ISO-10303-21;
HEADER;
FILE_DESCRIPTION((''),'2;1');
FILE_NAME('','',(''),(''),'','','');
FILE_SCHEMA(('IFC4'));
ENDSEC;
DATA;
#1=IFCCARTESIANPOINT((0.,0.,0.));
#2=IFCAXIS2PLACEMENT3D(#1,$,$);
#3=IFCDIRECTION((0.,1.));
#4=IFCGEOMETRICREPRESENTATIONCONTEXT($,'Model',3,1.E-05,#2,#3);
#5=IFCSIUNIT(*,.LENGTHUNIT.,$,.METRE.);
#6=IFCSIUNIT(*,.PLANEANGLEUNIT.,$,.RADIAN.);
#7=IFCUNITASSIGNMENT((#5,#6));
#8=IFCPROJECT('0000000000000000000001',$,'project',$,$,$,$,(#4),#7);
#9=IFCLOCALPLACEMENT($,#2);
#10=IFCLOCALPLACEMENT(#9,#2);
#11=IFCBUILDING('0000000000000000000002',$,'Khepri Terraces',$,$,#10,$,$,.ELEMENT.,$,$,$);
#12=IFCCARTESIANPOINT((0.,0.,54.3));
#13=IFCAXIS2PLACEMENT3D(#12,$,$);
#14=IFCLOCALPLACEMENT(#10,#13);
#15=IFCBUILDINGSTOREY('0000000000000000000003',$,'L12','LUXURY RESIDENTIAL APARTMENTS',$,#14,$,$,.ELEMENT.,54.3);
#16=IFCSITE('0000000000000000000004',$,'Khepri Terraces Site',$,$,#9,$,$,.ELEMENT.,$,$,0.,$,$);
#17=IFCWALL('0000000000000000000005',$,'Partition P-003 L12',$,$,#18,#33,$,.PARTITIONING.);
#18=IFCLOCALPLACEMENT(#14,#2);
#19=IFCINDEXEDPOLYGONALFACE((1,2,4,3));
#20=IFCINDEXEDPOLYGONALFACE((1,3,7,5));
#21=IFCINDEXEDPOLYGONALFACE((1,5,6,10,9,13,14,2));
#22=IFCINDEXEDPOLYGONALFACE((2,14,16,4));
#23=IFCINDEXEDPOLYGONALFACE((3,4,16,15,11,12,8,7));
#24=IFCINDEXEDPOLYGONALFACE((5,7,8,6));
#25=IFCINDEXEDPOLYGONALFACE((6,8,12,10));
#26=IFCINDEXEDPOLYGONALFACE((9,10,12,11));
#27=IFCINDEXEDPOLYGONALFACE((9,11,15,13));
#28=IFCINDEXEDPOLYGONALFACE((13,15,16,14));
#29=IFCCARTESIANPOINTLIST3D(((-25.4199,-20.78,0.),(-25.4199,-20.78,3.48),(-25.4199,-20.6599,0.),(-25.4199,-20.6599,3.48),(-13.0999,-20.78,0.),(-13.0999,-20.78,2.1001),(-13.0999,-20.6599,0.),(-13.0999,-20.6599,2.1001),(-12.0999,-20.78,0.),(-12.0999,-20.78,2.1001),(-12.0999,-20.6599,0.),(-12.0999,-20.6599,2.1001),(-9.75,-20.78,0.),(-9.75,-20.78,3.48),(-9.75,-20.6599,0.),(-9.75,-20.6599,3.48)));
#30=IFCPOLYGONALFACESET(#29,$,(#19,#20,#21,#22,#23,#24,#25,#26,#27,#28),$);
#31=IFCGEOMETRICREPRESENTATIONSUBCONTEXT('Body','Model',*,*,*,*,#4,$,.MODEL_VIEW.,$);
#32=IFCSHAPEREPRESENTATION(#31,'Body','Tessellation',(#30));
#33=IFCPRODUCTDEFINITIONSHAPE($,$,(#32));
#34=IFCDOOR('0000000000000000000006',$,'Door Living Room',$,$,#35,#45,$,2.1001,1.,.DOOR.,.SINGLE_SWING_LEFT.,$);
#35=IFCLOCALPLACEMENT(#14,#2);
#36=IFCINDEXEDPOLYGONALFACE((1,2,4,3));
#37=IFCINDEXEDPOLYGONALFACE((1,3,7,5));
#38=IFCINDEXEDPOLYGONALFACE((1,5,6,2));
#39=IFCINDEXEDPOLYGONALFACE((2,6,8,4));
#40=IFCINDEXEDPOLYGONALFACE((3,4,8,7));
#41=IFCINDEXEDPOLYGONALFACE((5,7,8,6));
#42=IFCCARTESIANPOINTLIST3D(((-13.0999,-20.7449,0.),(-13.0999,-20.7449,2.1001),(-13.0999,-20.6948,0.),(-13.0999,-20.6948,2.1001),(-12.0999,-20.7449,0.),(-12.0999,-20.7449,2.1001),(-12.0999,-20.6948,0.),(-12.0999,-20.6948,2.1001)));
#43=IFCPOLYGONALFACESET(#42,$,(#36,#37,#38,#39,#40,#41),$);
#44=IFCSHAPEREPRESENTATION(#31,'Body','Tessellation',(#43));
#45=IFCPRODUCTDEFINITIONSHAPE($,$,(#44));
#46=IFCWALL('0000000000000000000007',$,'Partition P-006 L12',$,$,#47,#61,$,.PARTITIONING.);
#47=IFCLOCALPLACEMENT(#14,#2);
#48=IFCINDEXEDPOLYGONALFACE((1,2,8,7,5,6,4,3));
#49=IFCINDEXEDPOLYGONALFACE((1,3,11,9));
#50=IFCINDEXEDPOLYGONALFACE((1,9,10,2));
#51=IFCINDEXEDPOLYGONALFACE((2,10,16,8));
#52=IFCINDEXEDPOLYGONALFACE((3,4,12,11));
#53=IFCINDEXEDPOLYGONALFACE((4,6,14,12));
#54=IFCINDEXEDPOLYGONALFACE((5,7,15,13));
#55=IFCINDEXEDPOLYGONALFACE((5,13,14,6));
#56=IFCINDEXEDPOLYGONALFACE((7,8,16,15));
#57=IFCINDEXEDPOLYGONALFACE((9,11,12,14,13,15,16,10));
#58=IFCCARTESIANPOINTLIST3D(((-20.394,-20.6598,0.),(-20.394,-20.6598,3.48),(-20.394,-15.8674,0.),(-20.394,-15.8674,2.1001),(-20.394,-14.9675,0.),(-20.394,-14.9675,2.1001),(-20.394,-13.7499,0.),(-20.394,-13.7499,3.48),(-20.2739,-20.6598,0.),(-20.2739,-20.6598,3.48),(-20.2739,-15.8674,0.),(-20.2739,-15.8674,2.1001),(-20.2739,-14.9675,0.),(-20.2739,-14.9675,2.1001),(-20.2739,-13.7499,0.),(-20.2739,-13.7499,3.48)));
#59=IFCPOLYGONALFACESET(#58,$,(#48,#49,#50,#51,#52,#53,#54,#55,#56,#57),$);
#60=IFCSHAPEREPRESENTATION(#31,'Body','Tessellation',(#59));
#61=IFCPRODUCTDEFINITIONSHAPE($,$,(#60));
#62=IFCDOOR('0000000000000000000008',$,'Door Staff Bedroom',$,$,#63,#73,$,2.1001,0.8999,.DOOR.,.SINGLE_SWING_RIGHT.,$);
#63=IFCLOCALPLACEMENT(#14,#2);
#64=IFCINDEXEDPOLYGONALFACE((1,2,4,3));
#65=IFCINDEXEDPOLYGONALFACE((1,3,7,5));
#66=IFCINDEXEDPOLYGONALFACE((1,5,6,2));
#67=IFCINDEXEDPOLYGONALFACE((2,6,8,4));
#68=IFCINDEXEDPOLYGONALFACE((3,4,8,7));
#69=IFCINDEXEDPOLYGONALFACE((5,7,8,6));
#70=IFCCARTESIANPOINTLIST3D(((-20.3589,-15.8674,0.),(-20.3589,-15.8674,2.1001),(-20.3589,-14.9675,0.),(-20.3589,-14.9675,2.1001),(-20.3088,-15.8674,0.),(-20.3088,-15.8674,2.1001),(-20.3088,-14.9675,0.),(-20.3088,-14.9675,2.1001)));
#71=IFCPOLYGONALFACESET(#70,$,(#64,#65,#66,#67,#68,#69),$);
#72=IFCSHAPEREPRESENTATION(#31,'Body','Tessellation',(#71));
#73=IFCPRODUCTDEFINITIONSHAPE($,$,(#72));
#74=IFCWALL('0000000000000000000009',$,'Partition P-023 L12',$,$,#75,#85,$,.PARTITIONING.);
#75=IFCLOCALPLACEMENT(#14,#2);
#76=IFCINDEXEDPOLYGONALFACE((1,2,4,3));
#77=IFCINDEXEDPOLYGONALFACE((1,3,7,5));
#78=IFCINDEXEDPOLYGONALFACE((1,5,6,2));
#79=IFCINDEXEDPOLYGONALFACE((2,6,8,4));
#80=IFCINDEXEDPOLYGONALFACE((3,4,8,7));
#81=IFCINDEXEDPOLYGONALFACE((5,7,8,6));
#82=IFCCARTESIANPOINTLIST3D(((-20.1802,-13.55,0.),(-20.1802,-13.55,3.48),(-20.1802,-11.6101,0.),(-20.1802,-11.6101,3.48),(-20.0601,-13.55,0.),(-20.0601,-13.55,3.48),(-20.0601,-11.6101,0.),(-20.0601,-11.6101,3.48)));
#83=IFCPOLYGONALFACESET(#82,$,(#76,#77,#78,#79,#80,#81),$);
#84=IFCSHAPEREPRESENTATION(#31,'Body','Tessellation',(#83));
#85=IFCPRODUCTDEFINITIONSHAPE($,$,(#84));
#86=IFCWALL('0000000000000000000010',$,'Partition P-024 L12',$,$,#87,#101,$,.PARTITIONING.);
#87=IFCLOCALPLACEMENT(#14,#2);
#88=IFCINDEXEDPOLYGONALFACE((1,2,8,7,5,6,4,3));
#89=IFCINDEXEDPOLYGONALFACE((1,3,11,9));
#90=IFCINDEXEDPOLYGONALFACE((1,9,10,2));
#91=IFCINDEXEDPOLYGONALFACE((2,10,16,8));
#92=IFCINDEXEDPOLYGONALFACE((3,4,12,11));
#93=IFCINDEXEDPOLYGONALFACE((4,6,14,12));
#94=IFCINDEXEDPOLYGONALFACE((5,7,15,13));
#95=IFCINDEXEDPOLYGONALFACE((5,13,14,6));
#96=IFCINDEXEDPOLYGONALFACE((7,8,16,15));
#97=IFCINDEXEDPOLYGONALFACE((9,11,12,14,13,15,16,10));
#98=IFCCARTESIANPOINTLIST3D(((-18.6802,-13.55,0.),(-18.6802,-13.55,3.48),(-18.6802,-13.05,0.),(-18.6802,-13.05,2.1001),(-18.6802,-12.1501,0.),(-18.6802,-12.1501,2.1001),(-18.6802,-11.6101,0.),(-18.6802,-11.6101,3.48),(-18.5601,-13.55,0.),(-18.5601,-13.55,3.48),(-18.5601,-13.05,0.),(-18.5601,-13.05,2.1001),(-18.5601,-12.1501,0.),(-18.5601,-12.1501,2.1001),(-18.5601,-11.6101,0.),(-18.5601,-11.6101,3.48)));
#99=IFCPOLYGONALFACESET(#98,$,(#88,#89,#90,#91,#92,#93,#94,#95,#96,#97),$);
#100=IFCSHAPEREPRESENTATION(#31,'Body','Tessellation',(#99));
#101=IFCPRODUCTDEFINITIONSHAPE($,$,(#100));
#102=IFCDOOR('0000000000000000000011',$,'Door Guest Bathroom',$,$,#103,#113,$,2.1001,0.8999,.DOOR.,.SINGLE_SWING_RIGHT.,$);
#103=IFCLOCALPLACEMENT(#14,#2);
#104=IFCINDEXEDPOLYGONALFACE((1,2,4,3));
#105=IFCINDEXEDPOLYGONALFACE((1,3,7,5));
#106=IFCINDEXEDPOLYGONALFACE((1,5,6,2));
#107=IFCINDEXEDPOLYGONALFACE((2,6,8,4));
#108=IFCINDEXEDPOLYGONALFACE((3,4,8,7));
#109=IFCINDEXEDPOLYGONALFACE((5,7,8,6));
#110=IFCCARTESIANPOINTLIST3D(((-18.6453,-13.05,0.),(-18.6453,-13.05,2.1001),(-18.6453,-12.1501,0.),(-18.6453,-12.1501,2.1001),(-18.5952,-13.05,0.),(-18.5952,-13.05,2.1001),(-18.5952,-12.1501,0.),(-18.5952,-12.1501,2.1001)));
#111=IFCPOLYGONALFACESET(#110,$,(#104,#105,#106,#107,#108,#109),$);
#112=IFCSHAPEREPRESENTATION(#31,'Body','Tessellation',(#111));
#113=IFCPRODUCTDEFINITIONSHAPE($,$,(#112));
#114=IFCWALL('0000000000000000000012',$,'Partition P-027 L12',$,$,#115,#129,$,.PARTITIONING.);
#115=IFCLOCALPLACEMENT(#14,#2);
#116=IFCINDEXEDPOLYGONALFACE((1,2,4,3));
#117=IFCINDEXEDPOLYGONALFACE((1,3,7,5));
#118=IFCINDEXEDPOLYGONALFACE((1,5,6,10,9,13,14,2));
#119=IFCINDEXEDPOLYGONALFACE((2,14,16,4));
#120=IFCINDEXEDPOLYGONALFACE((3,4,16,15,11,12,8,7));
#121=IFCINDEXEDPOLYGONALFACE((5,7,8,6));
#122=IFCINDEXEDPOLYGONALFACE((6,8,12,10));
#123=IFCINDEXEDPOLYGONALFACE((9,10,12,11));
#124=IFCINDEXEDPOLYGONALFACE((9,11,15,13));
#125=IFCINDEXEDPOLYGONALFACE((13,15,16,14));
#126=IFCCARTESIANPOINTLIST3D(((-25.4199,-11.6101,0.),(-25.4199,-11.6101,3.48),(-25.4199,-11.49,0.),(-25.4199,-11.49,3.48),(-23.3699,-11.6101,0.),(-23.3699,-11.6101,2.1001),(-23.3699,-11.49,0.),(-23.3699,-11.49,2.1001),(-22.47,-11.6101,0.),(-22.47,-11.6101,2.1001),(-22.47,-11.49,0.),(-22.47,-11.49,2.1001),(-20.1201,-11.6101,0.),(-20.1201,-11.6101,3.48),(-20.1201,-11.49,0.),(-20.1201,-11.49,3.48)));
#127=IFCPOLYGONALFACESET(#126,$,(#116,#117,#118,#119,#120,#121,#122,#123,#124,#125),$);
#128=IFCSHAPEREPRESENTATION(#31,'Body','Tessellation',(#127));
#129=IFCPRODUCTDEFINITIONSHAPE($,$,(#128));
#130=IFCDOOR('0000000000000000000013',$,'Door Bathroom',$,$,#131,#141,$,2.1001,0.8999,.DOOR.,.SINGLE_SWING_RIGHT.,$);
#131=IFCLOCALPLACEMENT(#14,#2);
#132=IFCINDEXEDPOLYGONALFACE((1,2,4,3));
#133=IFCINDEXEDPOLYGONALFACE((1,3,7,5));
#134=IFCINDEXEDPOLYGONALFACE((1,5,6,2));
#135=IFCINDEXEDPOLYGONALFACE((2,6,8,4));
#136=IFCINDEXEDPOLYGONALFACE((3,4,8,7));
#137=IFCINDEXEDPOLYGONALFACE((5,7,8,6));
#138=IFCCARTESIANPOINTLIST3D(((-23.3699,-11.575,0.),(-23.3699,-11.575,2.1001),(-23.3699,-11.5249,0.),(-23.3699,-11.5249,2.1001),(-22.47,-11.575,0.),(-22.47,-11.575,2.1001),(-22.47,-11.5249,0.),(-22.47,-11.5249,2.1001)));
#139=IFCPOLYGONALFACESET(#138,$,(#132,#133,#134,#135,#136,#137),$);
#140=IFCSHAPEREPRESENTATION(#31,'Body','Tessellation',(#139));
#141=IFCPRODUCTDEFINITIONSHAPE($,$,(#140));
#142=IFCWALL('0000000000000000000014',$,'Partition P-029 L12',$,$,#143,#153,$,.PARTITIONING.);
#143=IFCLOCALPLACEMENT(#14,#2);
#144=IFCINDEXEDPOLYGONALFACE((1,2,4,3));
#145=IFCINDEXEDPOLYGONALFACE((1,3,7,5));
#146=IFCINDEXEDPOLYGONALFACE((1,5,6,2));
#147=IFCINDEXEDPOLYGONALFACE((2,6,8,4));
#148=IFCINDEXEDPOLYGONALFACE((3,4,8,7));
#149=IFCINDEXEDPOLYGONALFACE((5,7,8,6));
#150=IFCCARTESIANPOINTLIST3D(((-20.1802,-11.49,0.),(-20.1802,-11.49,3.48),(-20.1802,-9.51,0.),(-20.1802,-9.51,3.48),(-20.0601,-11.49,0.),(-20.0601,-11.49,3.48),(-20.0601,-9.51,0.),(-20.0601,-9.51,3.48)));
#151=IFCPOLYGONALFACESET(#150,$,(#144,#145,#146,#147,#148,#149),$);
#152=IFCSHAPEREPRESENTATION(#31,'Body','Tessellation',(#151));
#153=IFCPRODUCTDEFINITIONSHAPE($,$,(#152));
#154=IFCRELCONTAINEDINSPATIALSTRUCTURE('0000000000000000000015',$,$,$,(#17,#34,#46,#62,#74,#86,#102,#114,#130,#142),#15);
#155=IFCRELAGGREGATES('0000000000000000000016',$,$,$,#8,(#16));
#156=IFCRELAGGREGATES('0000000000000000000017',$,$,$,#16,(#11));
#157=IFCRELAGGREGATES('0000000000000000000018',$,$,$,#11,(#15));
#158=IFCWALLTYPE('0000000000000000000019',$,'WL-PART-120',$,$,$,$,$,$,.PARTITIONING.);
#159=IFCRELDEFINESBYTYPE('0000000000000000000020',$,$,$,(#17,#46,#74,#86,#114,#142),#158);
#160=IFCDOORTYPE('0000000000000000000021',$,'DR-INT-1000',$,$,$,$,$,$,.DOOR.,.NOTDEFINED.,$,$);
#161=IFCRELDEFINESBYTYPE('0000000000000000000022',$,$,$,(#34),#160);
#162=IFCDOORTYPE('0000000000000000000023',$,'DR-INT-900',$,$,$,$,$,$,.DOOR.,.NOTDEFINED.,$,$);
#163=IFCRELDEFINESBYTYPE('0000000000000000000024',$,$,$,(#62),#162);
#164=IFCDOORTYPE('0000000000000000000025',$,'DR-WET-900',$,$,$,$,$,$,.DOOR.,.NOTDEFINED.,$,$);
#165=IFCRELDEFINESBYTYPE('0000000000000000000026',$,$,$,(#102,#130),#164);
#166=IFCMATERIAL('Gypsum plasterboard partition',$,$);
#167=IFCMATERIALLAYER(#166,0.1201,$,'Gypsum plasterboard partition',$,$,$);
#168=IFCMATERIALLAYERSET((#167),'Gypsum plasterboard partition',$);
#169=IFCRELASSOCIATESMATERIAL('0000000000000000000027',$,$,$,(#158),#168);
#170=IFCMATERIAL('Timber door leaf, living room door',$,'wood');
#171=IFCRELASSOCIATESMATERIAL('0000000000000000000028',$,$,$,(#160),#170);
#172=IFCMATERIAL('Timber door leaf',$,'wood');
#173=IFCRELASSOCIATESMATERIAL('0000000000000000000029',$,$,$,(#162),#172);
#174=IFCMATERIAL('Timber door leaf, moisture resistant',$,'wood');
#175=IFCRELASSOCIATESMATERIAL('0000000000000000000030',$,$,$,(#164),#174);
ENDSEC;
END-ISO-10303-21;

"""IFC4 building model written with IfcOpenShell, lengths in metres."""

from ifc_helpers import new_model, si_unit, direction, frame, frame_2d, origin, place, context, subcontext, project, spatial, rectangle, extrude, material, layer, layer_set, type_object, element, fill, save


model = new_model("IFC4")

# Units and contexts
model_context = context("Model", 3, precision=1e-05, world=origin(), true_north=direction((0.0, 1.0)))
body_context = subcontext(model_context, "Body", "Model", "MODEL_VIEW")
ifc_project = project(units=[si_unit("LENGTHUNIT", "METRE"), si_unit("PLANEANGLEUNIT", "RADIAN")], contexts=[model_context])

# Site, building, storey
site_placement = place(None, origin())
site = spatial("IfcSite", under=ifc_project, at=site_placement, Name="Khepri Terraces Site", CompositionType="ELEMENT", RefElevation=0.0)
building_placement = place(site_placement, origin())
building = spatial("IfcBuilding", under=site, at=building_placement, Name="Khepri Terraces", CompositionType="ELEMENT")
storey_placement = place(building_placement, frame((0.0, 0.0, 54.3)))
storey = spatial("IfcBuildingStorey", under=building, at=storey_placement, Name="L12", Description="LUXURY RESIDENTIAL APARTMENTS", CompositionType="ELEMENT", Elevation=54.3)

# Walls, openings, doors
ifc_material_1 = material(Name="Gypsum plasterboard partition")
ifc_layer_1 = layer(ifc_material_1, 0.1201, Name="Gypsum plasterboard partition")
ifc_layer_set_1 = layer_set([ifc_layer_1], Name="Gypsum plasterboard partition")
wall_type_1 = type_object("IfcWallType", Name="WL-PART-120", PredefinedType="PARTITIONING", material=ifc_layer_set_1)
wall_1_placement = place(storey_placement, frame((-25.4199, -20.72, 0.0), z_axis=(0.0, 0.0, 1.0), x_axis=(1.0, 0.0, 0.0)))
wall_1 = element("IfcWall", 1, at=wall_1_placement, inside=storey, type_object=wall_type_1, Name="Partition P-003 L12", PredefinedType="PARTITIONING", context=body_context, shape_type="SweptSolid", body=[
    extrude(rectangle(XDim=15.6699, YDim=0.1201, at=frame_2d((7.835, 0.0))), origin(), (0.0, 0.0, 1.0), 3.48),
])
opening_1_placement = place(wall_1_placement, frame((12.3201, 0.0, 0.0)))
opening_1 = element("IfcOpeningElement", 2, at=opening_1_placement, cuts=wall_1, PredefinedType="OPENING", context=body_context, shape_type="SweptSolid", body=[
    extrude(rectangle(XDim=1.0, YDim=2.1001, at=frame_2d((0.5, 1.05))), frame((0.0, 0.0701, 0.0), z_axis=(0.0, -1.0, 0.0), x_axis=(1.0, 0.0, 0.0)), (0.0, 0.0, 1.0), 0.1401),
])
ifc_material_2 = material(Name="Timber door leaf, living room door", Category="wood")
door_type_1 = type_object("IfcDoorType", Name="DR-INT-1000", OperationType="NOTDEFINED", PredefinedType="DOOR", material=ifc_material_2)
door_1_placement = place(opening_1_placement, frame((1.0, 0.0, 0.0), z_axis=(0.0, 0.0, 1.0), x_axis=(-1.0, 0.0, 0.0)))
door_1 = element("IfcDoor", 3, at=door_1_placement, inside=storey, type_object=door_type_1, Name="Door Living Room", OperationType="SINGLE_SWING_LEFT", OverallHeight=2.1001, OverallWidth=1.0, PredefinedType="DOOR", context=body_context, shape_type="SweptSolid", body=[
    extrude(rectangle(XDim=1.0, YDim=2.1001, at=frame_2d((0.5, 1.05))), frame((0.0, 0.0249, 0.0), z_axis=(0.0, -1.0, 0.0), x_axis=(1.0, 0.0, 0.0)), (0.0, 0.0, 1.0), 0.05),
])
fill(opening_1, door_1)
wall_2_placement = place(storey_placement, frame((-20.334, -20.6599, 0.0), z_axis=(0.0, 0.0, 1.0), x_axis=(0.0, 1.0, 0.0)))
wall_2 = element("IfcWall", 4, at=wall_2_placement, inside=storey, type_object=wall_type_1, Name="Partition P-006 L12", PredefinedType="PARTITIONING", context=body_context, shape_type="SweptSolid", body=[
    extrude(rectangle(XDim=6.9099, YDim=0.1201, at=frame_2d((3.4551, 0.0))), origin(), (0.0, 0.0, 1.0), 3.48),
])
opening_2_placement = place(wall_2_placement, frame((4.7925, 0.0, 0.0)))
opening_2 = element("IfcOpeningElement", 5, at=opening_2_placement, cuts=wall_2, PredefinedType="OPENING", context=body_context, shape_type="SweptSolid", body=[
    extrude(rectangle(XDim=0.8999, YDim=2.1001, at=frame_2d((0.45, 1.05))), frame((0.0, 0.0701, 0.0), z_axis=(0.0, -1.0, 0.0), x_axis=(1.0, 0.0, 0.0)), (0.0, 0.0, 1.0), 0.1401),
])
ifc_material_3 = material(Name="Timber door leaf", Category="wood")
door_type_2 = type_object("IfcDoorType", Name="DR-INT-900", OperationType="NOTDEFINED", PredefinedType="DOOR", material=ifc_material_3)
door_2_placement = place(opening_2_placement, origin())
door_2 = element("IfcDoor", 6, at=door_2_placement, inside=storey, type_object=door_type_2, Name="Door Staff Bedroom", OperationType="SINGLE_SWING_RIGHT", OverallHeight=2.1001, OverallWidth=0.8999, PredefinedType="DOOR", context=body_context, shape_type="SweptSolid", body=[
    extrude(rectangle(XDim=0.8999, YDim=2.1001, at=frame_2d((0.45, 1.05))), frame((0.0, 0.0249, 0.0), z_axis=(0.0, -1.0, 0.0), x_axis=(1.0, 0.0, 0.0)), (0.0, 0.0, 1.0), 0.05),
])
fill(opening_2, door_2)

# Wall
wall_3_placement = place(storey_placement, frame((-20.1201, -13.55, 0.0), z_axis=(0.0, 0.0, 1.0), x_axis=(0.0, 1.0, 0.0)))
element("IfcWall", 7, at=wall_3_placement, inside=storey, type_object=wall_type_1, Name="Partition P-023 L12", PredefinedType="PARTITIONING", context=body_context, shape_type="SweptSolid", body=[
    extrude(rectangle(XDim=1.9399, YDim=0.1201, at=frame_2d((0.97, 0.0))), origin(), (0.0, 0.0, 1.0), 3.48),
])

# Walls, openings, doors
wall_4_placement = place(storey_placement, frame((-18.6201, -13.55, 0.0), z_axis=(0.0, 0.0, 1.0), x_axis=(0.0, 1.0, 0.0)))
wall_4 = element("IfcWall", 8, at=wall_4_placement, inside=storey, type_object=wall_type_1, Name="Partition P-024 L12", PredefinedType="PARTITIONING", context=body_context, shape_type="SweptSolid", body=[
    extrude(rectangle(XDim=1.9399, YDim=0.1201, at=frame_2d((0.97, 0.0))), origin(), (0.0, 0.0, 1.0), 3.48),
])
opening_3_placement = place(wall_4_placement, frame((0.5, 0.0, 0.0)))
opening_3 = element("IfcOpeningElement", 9, at=opening_3_placement, cuts=wall_4, PredefinedType="OPENING", context=body_context, shape_type="SweptSolid", body=[
    extrude(rectangle(XDim=0.8999, YDim=2.1001, at=frame_2d((0.45, 1.05))), frame((0.0, 0.0701, 0.0), z_axis=(0.0, -1.0, 0.0), x_axis=(1.0, 0.0, 0.0)), (0.0, 0.0, 1.0), 0.1401),
])
ifc_material_4 = material(Name="Timber door leaf, moisture resistant", Category="wood")
door_type_3 = type_object("IfcDoorType", Name="DR-WET-900", OperationType="NOTDEFINED", PredefinedType="DOOR", material=ifc_material_4)
door_3_placement = place(opening_3_placement, frame((0.8999, 0.0, 0.0), z_axis=(0.0, 0.0, 1.0), x_axis=(-1.0, 0.0, 0.0)))
door_3 = element("IfcDoor", 10, at=door_3_placement, inside=storey, type_object=door_type_3, Name="Door Guest Bathroom", OperationType="SINGLE_SWING_RIGHT", OverallHeight=2.1001, OverallWidth=0.8999, PredefinedType="DOOR", context=body_context, shape_type="SweptSolid", body=[
    extrude(rectangle(XDim=0.8999, YDim=2.1001, at=frame_2d((0.45, 1.05))), frame((0.0, 0.0249, 0.0), z_axis=(0.0, -1.0, 0.0), x_axis=(1.0, 0.0, 0.0)), (0.0, 0.0, 1.0), 0.05),
])
fill(opening_3, door_3)
wall_5_placement = place(storey_placement, frame((-25.4199, -11.55, 0.0), z_axis=(0.0, 0.0, 1.0), x_axis=(1.0, 0.0, 0.0)))
wall_5 = element("IfcWall", 11, at=wall_5_placement, inside=storey, type_object=wall_type_1, Name="Partition P-027 L12", PredefinedType="PARTITIONING", context=body_context, shape_type="SweptSolid", body=[
    extrude(rectangle(XDim=5.2998, YDim=0.1201, at=frame_2d((2.6499, 0.0))), origin(), (0.0, 0.0, 1.0), 3.48),
])
opening_4_placement = place(wall_5_placement, frame((2.05, 0.0, 0.0)))
opening_4 = element("IfcOpeningElement", 12, at=opening_4_placement, cuts=wall_5, PredefinedType="OPENING", context=body_context, shape_type="SweptSolid", body=[
    extrude(rectangle(XDim=0.8999, YDim=2.1001, at=frame_2d((0.45, 1.05))), frame((0.0, 0.0701, 0.0), z_axis=(0.0, -1.0, 0.0), x_axis=(1.0, 0.0, 0.0)), (0.0, 0.0, 1.0), 0.1401),
])
door_4_placement = place(opening_4_placement, frame((0.8999, 0.0, 0.0), z_axis=(0.0, 0.0, 1.0), x_axis=(-1.0, 0.0, 0.0)))
door_4 = element("IfcDoor", 13, at=door_4_placement, inside=storey, type_object=door_type_3, Name="Door Bathroom", OperationType="SINGLE_SWING_RIGHT", OverallHeight=2.1001, OverallWidth=0.8999, PredefinedType="DOOR", context=body_context, shape_type="SweptSolid", body=[
    extrude(rectangle(XDim=0.8999, YDim=2.1001, at=frame_2d((0.45, 1.05))), frame((0.0, 0.0249, 0.0), z_axis=(0.0, -1.0, 0.0), x_axis=(1.0, 0.0, 0.0)), (0.0, 0.0, 1.0), 0.05),
])
fill(opening_4, door_4)

# Wall
wall_6_placement = place(storey_placement, frame((-20.1201, -11.49, 0.0), z_axis=(0.0, 0.0, 1.0), x_axis=(0.0, 1.0, 0.0)))
element("IfcWall", 14, at=wall_6_placement, inside=storey, type_object=wall_type_1, Name="Partition P-029 L12", PredefinedType="PARTITIONING", context=body_context, shape_type="SweptSolid", body=[
    extrude(rectangle(XDim=1.98, YDim=0.1201, at=frame_2d((0.99, 0.0))), origin(), (0.0, 0.0, 1.0), 3.48),
])

save(model, "model.ifc")
